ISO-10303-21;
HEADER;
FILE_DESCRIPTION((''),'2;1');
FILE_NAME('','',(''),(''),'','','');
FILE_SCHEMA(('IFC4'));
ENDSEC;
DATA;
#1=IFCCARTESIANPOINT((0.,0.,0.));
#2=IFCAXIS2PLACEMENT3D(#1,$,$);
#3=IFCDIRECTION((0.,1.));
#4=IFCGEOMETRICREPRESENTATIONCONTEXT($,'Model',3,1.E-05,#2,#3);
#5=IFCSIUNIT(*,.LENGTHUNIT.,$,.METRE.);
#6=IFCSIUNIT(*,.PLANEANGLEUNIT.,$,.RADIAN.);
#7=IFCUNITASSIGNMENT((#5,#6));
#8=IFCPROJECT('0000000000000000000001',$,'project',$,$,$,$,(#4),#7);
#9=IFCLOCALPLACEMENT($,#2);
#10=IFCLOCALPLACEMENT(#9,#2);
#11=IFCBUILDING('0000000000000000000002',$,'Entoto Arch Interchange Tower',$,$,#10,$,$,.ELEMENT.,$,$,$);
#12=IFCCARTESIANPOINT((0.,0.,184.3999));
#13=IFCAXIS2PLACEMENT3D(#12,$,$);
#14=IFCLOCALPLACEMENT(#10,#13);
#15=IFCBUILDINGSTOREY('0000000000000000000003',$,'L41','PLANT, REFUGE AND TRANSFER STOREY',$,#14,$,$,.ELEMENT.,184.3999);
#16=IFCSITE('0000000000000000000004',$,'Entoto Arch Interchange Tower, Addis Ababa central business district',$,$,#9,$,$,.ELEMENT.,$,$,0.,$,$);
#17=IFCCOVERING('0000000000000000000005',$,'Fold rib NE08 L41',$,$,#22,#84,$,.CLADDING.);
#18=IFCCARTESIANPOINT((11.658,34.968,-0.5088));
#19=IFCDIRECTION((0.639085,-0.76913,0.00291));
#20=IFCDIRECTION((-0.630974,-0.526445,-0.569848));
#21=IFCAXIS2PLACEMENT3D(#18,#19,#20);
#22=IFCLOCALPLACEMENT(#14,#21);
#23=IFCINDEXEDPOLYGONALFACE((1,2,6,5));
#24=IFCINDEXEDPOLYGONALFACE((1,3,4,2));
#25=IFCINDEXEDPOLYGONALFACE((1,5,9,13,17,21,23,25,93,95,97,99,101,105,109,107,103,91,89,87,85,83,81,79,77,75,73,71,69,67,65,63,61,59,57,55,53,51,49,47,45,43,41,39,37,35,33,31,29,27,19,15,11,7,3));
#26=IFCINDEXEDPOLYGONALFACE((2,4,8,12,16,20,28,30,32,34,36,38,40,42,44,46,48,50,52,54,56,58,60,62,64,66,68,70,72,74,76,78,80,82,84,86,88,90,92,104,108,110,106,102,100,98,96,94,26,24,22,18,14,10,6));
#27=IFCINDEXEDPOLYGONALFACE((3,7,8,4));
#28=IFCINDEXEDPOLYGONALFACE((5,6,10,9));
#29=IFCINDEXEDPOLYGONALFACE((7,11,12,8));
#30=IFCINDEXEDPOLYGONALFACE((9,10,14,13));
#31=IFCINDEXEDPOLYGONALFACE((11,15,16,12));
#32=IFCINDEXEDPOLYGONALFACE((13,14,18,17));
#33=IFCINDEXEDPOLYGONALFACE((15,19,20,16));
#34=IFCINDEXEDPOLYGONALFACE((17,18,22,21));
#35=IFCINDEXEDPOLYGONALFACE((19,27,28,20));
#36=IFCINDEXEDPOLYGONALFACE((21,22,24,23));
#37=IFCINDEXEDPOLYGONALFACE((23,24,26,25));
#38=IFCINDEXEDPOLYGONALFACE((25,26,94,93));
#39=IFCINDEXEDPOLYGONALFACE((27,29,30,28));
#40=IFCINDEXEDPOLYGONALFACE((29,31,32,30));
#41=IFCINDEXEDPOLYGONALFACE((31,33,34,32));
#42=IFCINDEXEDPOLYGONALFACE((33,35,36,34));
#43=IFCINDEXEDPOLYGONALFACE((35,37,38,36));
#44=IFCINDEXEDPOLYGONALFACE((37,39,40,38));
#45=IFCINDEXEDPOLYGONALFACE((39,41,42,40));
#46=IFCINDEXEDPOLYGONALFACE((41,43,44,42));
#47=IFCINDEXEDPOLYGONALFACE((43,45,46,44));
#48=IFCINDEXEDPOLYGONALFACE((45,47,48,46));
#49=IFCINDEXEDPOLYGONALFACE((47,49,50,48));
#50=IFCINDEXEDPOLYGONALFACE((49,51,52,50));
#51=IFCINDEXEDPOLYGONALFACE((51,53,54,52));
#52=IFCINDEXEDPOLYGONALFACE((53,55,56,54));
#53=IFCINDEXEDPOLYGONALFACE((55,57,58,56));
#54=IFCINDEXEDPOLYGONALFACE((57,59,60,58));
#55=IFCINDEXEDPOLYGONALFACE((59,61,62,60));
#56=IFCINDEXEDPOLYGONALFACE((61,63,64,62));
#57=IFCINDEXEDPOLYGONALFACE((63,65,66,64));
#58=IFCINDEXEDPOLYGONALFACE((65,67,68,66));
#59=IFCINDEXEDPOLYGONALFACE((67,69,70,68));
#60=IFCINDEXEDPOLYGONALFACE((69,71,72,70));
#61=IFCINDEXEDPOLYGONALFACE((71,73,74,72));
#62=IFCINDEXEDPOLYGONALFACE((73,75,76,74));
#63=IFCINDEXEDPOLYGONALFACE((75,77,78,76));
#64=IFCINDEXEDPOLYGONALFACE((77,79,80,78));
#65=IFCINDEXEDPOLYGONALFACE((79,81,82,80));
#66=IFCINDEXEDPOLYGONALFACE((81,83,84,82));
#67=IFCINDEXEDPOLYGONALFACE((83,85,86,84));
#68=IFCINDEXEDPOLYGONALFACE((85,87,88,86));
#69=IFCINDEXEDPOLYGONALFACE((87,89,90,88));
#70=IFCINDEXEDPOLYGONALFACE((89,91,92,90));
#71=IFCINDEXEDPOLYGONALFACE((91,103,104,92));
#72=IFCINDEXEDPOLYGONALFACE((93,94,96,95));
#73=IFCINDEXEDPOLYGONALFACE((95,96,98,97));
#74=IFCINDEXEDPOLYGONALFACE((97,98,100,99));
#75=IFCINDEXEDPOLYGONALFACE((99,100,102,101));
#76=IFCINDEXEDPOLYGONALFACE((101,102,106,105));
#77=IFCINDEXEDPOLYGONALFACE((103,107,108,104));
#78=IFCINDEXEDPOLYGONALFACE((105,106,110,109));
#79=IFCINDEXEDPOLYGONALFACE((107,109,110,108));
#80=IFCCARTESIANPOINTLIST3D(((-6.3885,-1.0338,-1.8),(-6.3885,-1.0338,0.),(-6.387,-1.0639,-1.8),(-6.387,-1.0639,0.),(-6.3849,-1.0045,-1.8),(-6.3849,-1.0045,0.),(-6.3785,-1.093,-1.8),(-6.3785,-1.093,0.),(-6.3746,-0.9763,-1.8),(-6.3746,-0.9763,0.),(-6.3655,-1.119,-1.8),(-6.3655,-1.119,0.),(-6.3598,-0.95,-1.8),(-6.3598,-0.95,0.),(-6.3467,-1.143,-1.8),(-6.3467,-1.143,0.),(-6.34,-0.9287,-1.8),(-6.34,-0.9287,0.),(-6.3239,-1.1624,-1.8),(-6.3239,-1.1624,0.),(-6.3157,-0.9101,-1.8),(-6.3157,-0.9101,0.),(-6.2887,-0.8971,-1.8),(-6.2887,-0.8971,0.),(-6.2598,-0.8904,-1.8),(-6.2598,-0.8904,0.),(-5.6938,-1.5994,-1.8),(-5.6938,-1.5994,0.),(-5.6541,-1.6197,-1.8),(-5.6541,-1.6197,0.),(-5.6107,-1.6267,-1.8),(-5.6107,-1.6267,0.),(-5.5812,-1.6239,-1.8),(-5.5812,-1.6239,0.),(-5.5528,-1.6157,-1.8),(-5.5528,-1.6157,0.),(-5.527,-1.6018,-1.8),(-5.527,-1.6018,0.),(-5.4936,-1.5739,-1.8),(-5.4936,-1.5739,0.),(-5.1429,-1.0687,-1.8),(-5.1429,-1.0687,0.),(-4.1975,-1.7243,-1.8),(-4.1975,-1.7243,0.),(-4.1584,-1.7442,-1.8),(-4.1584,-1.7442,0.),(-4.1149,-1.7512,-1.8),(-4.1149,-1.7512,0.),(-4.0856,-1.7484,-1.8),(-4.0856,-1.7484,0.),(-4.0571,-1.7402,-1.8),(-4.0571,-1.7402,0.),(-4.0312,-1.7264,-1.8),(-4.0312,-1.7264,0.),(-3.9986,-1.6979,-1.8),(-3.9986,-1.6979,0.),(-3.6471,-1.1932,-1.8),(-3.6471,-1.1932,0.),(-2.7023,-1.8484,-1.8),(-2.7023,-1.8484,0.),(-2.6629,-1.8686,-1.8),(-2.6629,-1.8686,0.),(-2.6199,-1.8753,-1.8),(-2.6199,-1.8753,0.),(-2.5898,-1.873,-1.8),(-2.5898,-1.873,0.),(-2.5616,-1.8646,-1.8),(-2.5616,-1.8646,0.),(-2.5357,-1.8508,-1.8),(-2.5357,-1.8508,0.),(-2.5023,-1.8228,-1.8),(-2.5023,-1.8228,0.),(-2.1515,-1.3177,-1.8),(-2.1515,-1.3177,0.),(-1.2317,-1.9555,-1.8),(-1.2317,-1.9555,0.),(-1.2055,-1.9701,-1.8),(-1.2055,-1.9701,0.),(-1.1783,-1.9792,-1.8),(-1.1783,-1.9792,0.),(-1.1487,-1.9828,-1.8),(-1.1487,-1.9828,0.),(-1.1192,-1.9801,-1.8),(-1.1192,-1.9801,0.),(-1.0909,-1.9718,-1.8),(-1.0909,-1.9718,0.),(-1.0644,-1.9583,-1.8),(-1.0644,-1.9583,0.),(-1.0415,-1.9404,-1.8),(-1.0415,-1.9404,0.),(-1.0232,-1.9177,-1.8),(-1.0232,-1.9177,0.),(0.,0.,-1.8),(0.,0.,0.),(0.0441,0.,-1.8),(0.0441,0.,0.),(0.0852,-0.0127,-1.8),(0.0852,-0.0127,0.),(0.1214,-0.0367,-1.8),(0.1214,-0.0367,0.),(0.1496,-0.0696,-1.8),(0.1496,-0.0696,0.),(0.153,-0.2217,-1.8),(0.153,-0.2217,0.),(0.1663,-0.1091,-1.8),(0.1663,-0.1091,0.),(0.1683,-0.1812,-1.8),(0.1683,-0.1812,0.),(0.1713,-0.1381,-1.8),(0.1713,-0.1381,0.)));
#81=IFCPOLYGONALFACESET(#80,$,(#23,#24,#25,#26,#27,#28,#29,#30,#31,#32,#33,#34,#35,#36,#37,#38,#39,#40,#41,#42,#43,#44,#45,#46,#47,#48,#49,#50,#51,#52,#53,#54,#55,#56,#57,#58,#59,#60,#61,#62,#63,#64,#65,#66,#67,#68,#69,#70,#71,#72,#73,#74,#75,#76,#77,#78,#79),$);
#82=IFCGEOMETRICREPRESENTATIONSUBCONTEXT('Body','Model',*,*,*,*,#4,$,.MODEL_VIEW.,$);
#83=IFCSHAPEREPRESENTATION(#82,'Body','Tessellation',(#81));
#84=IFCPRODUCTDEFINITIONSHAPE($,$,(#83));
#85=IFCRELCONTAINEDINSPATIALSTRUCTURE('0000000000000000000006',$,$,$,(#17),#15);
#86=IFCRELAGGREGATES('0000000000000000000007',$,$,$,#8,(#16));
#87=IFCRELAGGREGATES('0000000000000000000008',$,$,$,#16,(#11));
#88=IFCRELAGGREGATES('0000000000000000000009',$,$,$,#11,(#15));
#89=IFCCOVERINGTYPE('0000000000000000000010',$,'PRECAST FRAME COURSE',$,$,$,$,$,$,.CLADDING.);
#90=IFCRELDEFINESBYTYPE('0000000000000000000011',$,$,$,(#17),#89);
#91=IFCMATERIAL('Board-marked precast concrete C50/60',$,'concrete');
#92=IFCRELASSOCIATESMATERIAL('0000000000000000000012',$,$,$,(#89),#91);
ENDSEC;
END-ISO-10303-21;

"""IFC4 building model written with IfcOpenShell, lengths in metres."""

from ifc_helpers import new_model, si_unit, direction, frame, origin, place, context, subcontext, project, spatial, polyline, outline, extrude, material, type_object, element, save


model = new_model("IFC4")

# Units and contexts
model_context = context("Model", 3, precision=1e-05, world=origin(), true_north=direction((0.0, 1.0)))
body_context = subcontext(model_context, "Body", "Model", "MODEL_VIEW")
ifc_project = project(units=[si_unit("LENGTHUNIT", "METRE"), si_unit("PLANEANGLEUNIT", "RADIAN")], contexts=[model_context])

# Site, building, storey
site_placement = place(None, origin())
site = spatial("IfcSite", under=ifc_project, at=site_placement, Name="Entoto Arch Interchange Tower, Addis Ababa central business district", CompositionType="ELEMENT", RefElevation=0.0)
building_placement = place(site_placement, origin())
building = spatial("IfcBuilding", under=site, at=building_placement, Name="Entoto Arch Interchange Tower", CompositionType="ELEMENT")
storey_placement = place(building_placement, frame((0.0, 0.0, 184.3999)))
storey = spatial("IfcBuildingStorey", under=building, at=storey_placement, Name="L41", Description="PLANT, REFUGE AND TRANSFER STOREY", CompositionType="ELEMENT", Elevation=184.3999)

# Shared definitions
ifc_material_1 = material(Name="Board-marked precast concrete C50/60", Category="concrete")

# Covering
covering_type = type_object("IfcCoveringType", Name="PRECAST FRAME COURSE", PredefinedType="CLADDING", material=ifc_material_1)
covering_1_placement = place(storey_placement, frame((11.658, 34.968, -0.5088), z_axis=(0.639085, -0.76913, 0.00291), x_axis=(-0.630974, -0.526445, -0.569848)))
element("IfcCovering", 1, at=covering_1_placement, inside=storey, type_object=covering_type, Name="Fold rib NE08 L41", PredefinedType="CLADDING", context=body_context, shape_type="SweptSolid", body=[
    extrude(outline(polyline([(0.0, 0.0), (0.0441, 0.0), (0.0852, -0.0127), (0.1214, -0.0367), (0.1496, -0.0696), (0.1663, -0.1091), (0.1713, -0.1381), (0.1683, -0.1812), (0.153, -0.2217), (-1.0232, -1.9177), (-1.0415, -1.9404), (-1.0644, -1.9583), (-1.0909, -1.9718), (-1.1192, -1.9801), (-1.1487, -1.9828), (-1.1783, -1.9792), (-1.2055, -1.9701), (-1.2317, -1.9555), (-2.1515, -1.3177), (-2.5023, -1.8228), (-2.5357, -1.8508), (-2.5616, -1.8646), (-2.5898, -1.873), (-2.6199, -1.8753), (-2.6629, -1.8686), (-2.7023, -1.8484), (-3.6471, -1.1932), (-3.9986, -1.6979), (-4.0312, -1.7264), (-4.0571, -1.7402), (-4.0856, -1.7484), (-4.1149, -1.7512), (-4.1584, -1.7442), (-4.1975, -1.7243), (-5.1429, -1.0687), (-5.4936, -1.5739), (-5.527, -1.6018), (-5.5528, -1.6157), (-5.5812, -1.6239), (-5.6107, -1.6267), (-5.6541, -1.6197), (-5.6938, -1.5994), (-6.3239, -1.1624), (-6.3467, -1.143), (-6.3655, -1.119), (-6.3785, -1.093), (-6.387, -1.0639), (-6.3885, -1.0338), (-6.3849, -1.0045), (-6.3746, -0.9763), (-6.3598, -0.95), (-6.34, -0.9287), (-6.3157, -0.9101), (-6.2887, -0.8971), (-6.2598, -0.8904), (0.0, 0.0)])), origin(), (0.0, 0.0, -1.0), 1.8),
])

save(model, "model.ifc")
